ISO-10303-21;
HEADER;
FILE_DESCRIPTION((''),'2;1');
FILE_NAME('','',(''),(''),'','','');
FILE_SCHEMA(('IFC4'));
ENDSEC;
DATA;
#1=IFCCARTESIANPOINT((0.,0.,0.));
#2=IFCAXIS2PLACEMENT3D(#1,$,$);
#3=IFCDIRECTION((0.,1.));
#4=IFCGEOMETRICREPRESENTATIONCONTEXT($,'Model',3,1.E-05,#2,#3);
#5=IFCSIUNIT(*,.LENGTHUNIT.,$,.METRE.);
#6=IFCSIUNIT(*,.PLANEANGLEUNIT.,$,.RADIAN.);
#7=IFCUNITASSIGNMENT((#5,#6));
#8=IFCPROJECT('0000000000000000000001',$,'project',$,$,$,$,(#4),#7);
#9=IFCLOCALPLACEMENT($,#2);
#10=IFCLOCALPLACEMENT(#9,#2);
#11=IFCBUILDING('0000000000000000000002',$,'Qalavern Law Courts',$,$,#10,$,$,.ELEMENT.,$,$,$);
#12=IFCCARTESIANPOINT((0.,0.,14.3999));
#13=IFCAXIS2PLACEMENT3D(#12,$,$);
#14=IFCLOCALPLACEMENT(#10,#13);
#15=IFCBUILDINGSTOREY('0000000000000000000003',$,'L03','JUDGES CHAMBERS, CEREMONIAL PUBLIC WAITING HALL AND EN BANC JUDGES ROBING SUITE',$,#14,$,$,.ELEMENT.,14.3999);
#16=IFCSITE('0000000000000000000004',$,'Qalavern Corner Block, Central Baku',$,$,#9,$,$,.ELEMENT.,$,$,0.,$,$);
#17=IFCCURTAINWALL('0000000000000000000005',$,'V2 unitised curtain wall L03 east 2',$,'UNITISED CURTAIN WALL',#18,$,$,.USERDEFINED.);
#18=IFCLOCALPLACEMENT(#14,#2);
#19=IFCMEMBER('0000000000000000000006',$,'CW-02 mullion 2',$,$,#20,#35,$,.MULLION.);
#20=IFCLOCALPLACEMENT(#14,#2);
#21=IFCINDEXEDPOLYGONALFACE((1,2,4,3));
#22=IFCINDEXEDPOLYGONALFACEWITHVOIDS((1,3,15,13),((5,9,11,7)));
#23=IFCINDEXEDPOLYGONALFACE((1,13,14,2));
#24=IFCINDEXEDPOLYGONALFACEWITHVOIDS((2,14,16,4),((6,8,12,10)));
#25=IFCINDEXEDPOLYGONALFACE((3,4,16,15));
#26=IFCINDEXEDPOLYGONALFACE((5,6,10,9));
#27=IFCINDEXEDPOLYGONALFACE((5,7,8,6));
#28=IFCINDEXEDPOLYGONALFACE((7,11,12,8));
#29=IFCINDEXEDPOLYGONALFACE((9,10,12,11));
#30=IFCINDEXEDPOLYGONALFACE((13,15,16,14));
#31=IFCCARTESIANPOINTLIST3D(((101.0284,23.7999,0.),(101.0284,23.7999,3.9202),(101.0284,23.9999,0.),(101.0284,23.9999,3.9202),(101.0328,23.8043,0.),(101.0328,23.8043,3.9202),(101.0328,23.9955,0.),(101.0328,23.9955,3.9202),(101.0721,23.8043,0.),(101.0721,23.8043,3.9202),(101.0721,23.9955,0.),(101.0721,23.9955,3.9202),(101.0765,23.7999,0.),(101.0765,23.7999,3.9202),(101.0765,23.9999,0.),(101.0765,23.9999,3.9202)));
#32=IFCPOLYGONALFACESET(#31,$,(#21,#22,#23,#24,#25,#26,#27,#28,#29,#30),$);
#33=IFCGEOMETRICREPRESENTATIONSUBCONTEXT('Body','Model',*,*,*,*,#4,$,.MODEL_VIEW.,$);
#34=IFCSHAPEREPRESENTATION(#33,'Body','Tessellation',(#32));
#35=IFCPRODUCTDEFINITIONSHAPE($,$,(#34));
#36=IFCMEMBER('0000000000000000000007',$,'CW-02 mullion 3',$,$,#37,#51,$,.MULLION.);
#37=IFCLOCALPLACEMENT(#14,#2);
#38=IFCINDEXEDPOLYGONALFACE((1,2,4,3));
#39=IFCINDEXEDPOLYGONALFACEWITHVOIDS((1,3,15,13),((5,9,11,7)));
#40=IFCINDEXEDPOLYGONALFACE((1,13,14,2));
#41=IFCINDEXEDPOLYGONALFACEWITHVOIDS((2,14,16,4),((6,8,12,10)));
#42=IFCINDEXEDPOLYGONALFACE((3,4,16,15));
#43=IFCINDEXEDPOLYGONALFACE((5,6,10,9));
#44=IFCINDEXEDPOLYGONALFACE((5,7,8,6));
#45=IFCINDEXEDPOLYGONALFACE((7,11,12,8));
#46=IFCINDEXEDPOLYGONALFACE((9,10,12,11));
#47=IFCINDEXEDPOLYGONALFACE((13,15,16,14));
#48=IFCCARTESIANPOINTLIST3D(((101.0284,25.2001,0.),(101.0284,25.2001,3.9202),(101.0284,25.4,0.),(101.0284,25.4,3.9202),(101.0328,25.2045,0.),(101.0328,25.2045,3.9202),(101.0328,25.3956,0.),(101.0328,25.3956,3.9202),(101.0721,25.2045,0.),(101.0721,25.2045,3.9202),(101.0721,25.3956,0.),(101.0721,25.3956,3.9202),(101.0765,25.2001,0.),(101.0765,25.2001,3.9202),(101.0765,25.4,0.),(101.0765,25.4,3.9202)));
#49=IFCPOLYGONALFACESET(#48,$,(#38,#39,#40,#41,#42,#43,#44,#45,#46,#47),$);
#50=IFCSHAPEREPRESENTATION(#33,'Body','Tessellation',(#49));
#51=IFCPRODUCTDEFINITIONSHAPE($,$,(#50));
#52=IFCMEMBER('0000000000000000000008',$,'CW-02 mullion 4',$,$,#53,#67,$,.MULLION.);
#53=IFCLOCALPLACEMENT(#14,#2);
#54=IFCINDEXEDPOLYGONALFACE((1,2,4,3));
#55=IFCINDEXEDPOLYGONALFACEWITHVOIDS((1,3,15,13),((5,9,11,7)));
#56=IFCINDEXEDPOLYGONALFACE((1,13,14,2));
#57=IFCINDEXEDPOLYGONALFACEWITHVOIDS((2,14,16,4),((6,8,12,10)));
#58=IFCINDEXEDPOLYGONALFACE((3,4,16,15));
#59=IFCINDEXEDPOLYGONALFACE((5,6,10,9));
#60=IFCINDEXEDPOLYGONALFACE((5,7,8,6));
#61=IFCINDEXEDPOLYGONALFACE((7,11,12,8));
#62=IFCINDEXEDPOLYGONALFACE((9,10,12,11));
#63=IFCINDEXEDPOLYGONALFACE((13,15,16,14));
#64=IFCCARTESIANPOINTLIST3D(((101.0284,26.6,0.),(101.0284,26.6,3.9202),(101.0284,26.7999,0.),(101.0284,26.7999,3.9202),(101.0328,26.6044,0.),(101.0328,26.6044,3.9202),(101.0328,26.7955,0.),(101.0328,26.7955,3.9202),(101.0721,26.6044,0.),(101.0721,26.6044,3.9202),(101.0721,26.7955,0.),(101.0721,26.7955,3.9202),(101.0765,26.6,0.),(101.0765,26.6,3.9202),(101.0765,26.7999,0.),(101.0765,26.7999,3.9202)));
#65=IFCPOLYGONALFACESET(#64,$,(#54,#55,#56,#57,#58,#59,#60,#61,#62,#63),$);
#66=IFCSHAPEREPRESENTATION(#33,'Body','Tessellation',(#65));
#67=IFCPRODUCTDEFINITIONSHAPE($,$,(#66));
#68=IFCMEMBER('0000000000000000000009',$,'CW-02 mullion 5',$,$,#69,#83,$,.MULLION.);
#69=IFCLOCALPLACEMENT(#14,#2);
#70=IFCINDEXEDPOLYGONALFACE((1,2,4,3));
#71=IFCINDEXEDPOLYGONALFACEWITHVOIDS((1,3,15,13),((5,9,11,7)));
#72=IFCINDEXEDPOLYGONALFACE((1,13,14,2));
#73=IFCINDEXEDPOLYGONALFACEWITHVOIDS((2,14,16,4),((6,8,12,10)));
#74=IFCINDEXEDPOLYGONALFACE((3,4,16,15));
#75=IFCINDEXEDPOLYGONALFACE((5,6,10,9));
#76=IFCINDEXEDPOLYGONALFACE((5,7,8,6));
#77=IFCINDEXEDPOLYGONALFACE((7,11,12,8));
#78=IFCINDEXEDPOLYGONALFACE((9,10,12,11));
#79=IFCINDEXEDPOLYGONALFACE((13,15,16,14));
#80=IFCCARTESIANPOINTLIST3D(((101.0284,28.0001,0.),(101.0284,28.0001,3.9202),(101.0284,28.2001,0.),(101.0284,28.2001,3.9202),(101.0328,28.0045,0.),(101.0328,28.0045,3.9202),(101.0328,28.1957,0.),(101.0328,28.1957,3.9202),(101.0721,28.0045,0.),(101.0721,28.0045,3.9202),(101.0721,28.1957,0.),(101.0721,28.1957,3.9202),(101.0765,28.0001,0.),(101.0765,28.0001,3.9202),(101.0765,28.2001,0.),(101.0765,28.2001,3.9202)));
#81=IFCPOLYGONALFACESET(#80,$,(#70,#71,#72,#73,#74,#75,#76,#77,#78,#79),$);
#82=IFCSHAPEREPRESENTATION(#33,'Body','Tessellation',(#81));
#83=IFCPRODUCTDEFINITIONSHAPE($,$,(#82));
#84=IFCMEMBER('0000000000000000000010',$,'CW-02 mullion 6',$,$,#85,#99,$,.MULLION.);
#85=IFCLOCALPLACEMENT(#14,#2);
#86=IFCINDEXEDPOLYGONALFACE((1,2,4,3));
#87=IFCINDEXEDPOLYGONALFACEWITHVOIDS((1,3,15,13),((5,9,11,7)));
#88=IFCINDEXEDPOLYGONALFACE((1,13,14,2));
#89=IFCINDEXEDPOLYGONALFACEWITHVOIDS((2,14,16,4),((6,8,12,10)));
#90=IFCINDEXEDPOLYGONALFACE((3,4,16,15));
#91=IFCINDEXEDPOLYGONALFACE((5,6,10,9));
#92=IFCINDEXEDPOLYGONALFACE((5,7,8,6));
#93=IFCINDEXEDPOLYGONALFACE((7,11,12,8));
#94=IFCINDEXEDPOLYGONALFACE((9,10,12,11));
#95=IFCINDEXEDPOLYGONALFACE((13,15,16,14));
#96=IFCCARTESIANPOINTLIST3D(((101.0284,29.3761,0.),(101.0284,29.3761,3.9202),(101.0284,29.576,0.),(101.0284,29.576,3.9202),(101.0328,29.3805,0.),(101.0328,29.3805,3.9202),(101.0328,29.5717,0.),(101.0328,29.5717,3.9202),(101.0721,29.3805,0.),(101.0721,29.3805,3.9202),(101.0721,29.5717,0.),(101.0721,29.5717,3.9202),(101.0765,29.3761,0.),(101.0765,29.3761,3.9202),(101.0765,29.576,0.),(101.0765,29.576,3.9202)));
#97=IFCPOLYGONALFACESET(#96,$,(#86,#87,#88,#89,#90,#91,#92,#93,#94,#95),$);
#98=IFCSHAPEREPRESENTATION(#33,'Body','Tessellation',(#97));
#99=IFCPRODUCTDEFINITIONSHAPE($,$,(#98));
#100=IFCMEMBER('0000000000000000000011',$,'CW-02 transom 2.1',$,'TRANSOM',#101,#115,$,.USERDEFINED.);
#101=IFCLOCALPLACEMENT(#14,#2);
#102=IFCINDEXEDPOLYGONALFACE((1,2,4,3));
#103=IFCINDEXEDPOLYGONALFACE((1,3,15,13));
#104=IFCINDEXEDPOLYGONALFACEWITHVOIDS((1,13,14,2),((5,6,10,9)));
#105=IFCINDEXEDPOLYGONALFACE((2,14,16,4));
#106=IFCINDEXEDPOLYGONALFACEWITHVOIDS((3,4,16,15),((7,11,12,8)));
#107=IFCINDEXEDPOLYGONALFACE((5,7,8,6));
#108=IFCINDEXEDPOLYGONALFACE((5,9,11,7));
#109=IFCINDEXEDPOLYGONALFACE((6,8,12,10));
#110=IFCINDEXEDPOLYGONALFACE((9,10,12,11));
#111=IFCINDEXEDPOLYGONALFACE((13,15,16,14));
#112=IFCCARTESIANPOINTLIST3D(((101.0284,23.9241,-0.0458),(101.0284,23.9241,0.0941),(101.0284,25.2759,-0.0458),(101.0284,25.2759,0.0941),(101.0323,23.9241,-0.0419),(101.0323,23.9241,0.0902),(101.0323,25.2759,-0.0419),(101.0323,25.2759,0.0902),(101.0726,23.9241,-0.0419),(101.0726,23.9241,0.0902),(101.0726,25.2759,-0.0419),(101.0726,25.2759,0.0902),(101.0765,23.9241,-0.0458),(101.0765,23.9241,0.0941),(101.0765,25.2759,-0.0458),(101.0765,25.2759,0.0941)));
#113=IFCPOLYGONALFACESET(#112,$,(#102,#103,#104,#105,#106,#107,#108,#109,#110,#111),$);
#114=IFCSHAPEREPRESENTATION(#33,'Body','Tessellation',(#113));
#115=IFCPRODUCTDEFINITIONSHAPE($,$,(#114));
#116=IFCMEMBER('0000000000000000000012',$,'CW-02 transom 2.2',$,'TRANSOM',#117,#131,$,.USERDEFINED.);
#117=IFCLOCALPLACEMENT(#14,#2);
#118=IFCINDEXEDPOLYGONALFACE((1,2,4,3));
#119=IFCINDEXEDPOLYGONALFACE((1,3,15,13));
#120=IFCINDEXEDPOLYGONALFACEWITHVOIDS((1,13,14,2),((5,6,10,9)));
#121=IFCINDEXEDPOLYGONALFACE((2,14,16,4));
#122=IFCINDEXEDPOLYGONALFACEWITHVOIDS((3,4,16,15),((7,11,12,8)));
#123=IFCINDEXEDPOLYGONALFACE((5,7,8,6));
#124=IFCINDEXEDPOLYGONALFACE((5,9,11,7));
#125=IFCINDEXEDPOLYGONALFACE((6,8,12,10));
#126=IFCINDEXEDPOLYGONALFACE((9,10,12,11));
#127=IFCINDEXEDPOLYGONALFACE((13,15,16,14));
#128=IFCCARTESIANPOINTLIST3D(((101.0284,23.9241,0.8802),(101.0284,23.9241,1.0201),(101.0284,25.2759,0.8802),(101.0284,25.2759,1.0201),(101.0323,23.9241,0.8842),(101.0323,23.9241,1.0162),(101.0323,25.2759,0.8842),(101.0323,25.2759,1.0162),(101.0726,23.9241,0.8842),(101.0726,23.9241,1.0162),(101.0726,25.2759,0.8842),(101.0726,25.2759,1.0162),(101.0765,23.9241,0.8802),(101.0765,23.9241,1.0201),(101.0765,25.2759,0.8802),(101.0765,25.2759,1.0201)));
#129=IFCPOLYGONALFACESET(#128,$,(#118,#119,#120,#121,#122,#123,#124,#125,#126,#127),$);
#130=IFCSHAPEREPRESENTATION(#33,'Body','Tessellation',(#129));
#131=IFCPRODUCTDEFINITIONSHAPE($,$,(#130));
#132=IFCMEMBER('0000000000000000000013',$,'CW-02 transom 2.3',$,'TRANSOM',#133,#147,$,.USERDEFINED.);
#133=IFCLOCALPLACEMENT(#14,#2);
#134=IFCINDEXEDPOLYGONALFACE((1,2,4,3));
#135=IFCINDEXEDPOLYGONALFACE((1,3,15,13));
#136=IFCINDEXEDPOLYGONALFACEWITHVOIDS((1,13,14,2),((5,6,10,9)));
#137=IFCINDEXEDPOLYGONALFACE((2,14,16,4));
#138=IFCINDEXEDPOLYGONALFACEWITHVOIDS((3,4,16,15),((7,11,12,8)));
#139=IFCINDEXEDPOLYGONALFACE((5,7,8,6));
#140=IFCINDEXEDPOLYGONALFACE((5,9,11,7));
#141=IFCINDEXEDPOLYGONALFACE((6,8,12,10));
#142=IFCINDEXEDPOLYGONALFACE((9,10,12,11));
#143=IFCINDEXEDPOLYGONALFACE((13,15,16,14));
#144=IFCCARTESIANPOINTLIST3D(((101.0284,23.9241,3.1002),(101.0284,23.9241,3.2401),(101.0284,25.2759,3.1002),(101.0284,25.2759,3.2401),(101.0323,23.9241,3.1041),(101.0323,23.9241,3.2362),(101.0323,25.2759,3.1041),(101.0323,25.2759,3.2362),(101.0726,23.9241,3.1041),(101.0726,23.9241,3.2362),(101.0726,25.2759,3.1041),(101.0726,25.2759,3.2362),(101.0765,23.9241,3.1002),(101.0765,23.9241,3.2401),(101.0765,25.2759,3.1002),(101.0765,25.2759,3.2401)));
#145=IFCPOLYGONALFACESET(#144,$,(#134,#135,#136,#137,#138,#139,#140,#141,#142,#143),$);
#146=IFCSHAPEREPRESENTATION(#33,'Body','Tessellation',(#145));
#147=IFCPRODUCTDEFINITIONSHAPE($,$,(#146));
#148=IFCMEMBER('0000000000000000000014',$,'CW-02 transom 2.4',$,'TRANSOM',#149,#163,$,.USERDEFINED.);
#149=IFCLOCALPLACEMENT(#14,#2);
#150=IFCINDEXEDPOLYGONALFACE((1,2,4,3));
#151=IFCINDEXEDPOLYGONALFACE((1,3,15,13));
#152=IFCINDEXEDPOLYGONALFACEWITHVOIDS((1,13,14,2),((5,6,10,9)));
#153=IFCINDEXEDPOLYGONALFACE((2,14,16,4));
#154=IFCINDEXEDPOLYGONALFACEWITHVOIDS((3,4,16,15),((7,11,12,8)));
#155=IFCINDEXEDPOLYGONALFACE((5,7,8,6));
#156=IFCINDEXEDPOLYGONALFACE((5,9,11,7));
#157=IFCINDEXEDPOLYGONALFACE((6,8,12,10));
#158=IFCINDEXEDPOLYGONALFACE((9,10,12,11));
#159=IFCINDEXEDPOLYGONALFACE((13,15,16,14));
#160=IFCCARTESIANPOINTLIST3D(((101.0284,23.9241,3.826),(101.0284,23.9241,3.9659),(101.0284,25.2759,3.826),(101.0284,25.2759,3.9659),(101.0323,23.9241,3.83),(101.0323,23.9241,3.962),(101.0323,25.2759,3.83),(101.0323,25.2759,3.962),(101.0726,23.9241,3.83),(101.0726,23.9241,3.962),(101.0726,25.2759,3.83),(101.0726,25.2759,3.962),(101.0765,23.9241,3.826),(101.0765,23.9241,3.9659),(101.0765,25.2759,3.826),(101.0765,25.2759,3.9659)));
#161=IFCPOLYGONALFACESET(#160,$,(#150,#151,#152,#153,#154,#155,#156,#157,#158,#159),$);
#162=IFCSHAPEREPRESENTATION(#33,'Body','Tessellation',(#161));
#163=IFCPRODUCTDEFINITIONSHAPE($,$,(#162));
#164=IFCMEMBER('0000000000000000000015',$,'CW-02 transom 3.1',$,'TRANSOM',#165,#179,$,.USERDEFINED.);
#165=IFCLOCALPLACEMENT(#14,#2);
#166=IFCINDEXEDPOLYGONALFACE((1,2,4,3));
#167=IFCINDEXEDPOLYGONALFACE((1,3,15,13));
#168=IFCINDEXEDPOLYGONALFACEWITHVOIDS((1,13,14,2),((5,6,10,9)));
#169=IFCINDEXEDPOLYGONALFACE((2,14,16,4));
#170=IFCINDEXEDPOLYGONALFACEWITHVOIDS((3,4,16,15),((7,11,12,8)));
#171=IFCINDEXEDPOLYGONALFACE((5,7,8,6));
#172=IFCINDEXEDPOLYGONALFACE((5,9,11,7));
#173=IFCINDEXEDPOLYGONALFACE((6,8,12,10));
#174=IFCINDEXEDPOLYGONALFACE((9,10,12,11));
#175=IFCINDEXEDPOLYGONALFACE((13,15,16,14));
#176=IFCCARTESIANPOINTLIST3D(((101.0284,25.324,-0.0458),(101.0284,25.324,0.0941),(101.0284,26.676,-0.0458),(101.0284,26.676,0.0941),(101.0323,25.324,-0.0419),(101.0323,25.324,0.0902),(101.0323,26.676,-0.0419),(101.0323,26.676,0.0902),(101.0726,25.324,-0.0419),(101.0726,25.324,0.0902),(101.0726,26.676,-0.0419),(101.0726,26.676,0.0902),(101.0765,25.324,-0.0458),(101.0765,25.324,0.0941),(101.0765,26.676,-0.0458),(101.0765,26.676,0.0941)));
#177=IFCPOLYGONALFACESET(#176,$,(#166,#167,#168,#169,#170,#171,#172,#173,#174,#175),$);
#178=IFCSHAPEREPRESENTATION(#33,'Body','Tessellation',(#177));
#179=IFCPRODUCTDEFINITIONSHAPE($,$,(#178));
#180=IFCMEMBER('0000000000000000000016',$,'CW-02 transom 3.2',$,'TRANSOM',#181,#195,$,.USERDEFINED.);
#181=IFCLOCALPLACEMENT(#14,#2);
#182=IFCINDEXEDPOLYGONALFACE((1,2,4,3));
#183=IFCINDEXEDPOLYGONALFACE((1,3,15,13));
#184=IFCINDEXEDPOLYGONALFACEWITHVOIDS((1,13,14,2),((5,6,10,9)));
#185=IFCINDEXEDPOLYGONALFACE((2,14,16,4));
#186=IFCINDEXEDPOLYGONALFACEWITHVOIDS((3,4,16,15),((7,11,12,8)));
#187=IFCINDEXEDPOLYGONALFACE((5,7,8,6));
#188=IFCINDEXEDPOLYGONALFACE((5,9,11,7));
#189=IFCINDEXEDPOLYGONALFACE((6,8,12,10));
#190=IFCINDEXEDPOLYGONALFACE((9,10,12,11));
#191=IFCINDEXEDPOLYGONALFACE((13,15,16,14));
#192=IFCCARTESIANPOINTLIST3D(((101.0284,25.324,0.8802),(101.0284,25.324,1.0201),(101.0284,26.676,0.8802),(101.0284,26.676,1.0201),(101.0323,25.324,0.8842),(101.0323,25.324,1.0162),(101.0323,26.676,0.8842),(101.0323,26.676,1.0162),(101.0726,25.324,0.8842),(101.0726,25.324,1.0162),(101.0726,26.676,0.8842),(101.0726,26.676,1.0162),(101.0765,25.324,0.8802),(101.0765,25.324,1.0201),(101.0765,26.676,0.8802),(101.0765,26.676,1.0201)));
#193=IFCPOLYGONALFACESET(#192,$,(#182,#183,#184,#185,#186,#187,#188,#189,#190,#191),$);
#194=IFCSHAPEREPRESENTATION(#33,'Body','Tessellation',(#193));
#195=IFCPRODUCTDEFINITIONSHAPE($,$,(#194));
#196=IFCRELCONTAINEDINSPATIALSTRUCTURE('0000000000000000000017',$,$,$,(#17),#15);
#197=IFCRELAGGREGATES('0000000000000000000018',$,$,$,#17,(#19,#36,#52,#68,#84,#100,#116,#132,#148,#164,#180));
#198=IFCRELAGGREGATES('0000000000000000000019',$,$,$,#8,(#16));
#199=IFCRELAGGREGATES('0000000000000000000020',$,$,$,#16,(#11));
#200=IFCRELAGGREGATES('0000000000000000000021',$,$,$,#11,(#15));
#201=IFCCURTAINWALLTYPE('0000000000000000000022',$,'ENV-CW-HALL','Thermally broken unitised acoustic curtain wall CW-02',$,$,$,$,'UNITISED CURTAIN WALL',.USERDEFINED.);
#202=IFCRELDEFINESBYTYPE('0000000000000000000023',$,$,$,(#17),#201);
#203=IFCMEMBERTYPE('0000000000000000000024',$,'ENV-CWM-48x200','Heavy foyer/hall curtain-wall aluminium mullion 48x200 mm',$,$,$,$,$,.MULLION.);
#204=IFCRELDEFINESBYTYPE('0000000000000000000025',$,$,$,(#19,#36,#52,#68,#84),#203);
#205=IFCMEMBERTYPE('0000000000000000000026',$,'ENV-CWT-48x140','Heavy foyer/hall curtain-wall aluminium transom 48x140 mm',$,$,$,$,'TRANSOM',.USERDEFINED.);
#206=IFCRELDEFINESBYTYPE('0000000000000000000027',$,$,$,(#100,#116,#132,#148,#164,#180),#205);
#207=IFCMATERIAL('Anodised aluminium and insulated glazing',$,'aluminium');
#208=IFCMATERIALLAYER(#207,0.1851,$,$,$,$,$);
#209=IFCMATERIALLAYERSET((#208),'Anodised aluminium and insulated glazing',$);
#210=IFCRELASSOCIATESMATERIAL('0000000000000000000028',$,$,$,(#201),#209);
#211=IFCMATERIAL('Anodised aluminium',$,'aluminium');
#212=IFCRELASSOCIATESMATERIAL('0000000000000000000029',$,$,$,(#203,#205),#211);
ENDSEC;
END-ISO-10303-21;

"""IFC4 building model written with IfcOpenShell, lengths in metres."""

from ifc_helpers import new_model, si_unit, direction, frame, origin, origin_2d, place, context, subcontext, project, spatial, hollow_rectangle, extrude, material, layer, layer_set, material_profile, profile_set, type_object, element, aggregate, save


model = new_model("IFC4")

# Units and contexts
model_context = context("Model", 3, precision=1e-05, world=origin(), true_north=direction((0.0, 1.0)))
body_context = subcontext(model_context, "Body", "Model", "MODEL_VIEW")
ifc_project = project(units=[si_unit("LENGTHUNIT", "METRE"), si_unit("PLANEANGLEUNIT", "RADIAN")], contexts=[model_context])

# Site, building, storey
site_placement = place(None, origin())
site = spatial("IfcSite", under=ifc_project, at=site_placement, Name="Qalavern Corner Block, Central Baku", CompositionType="ELEMENT", RefElevation=0.0)
building_placement = place(site_placement, origin())
building = spatial("IfcBuilding", under=site, at=building_placement, Name="Qalavern Law Courts", CompositionType="ELEMENT")
storey_placement = place(building_placement, frame((0.0, 0.0, 14.3999)))
storey = spatial("IfcBuildingStorey", under=building, at=storey_placement, Name="L03", Description="JUDGES CHAMBERS, CEREMONIAL PUBLIC WAITING HALL AND EN BANC JUDGES ROBING SUITE", CompositionType="ELEMENT", Elevation=14.3999)

# Curtain wall, members
ifc_material_1 = material(Name="Anodised aluminium and insulated glazing", Category="aluminium")
ifc_layer_1 = layer(ifc_material_1, 0.1851)
ifc_layer_set_1 = layer_set([ifc_layer_1], Name="Anodised aluminium and insulated glazing")
curtain_wall_type = type_object("IfcCurtainWallType", Name="ENV-CW-HALL", Description="Thermally broken unitised acoustic curtain wall CW-02", ElementType="UNITISED CURTAIN WALL", PredefinedType="USERDEFINED", material=ifc_layer_set_1)
curtain_wall_placement = place(storey_placement, origin())
curtain_wall = element("IfcCurtainWall", 1, at=curtain_wall_placement, inside=storey, type_object=curtain_wall_type, Name="V2 unitised curtain wall L03 east 2", ObjectType="UNITISED CURTAIN WALL", PredefinedType="USERDEFINED")
ifc_material_2 = material(Name="Anodised aluminium", Category="aluminium")
ifc_material_profile_1 = material_profile(ifc_material_2, hollow_rectangle(XDim=0.0481, YDim=0.2, WallThickness=0.0044, at=origin_2d()), Name="ALU MULLION 48x200")
ifc_profile_set_1 = profile_set([ifc_material_profile_1], Name="Anodised aluminium")
member_type_1 = type_object("IfcMemberType", Name="ENV-CWM-48x200", Description="Heavy foyer/hall curtain-wall aluminium mullion 48x200 mm", PredefinedType="MULLION", material=ifc_profile_set_1)
member_1_placement = place(storey_placement, frame((101.0525, 23.8999, 0.0), z_axis=(0.0, 0.0, 1.0), x_axis=(-1.0, 0.0, 0.0)))
member_1 = element("IfcMember", 2, at=member_1_placement, type_object=member_type_1, Name="CW-02 mullion 2", PredefinedType="MULLION", context=body_context, shape_type="SweptSolid", body=[
    extrude(hollow_rectangle(XDim=0.0481, YDim=0.2, WallThickness=0.0044, at=origin_2d()), origin(), (0.0, 0.0, 1.0), 3.9202),
])
member_2_placement = place(storey_placement, frame((101.0525, 25.3, 0.0), z_axis=(0.0, 0.0, 1.0), x_axis=(-1.0, 0.0, 0.0)))
member_2 = element("IfcMember", 3, at=member_2_placement, type_object=member_type_1, Name="CW-02 mullion 3", PredefinedType="MULLION", context=body_context, shape_type="SweptSolid", body=[
    extrude(hollow_rectangle(XDim=0.0481, YDim=0.2, WallThickness=0.0044, at=origin_2d()), origin(), (0.0, 0.0, 1.0), 3.9202),
])
member_3_placement = place(storey_placement, frame((101.0525, 26.7, 0.0), z_axis=(0.0, 0.0, 1.0), x_axis=(-1.0, 0.0, 0.0)))
member_3 = element("IfcMember", 4, at=member_3_placement, type_object=member_type_1, Name="CW-02 mullion 4", PredefinedType="MULLION", context=body_context, shape_type="SweptSolid", body=[
    extrude(hollow_rectangle(XDim=0.0481, YDim=0.2, WallThickness=0.0044, at=origin_2d()), origin(), (0.0, 0.0, 1.0), 3.9202),
])
member_4_placement = place(storey_placement, frame((101.0525, 28.1001, 0.0), z_axis=(0.0, 0.0, 1.0), x_axis=(-1.0, 0.0, 0.0)))
member_4 = element("IfcMember", 5, at=member_4_placement, type_object=member_type_1, Name="CW-02 mullion 5", PredefinedType="MULLION", context=body_context, shape_type="SweptSolid", body=[
    extrude(hollow_rectangle(XDim=0.0481, YDim=0.2, WallThickness=0.0044, at=origin_2d()), origin(), (0.0, 0.0, 1.0), 3.9202),
])
member_5_placement = place(storey_placement, frame((101.0525, 29.4761, 0.0), z_axis=(0.0, 0.0, 1.0), x_axis=(-1.0, 0.0, 0.0)))
member_5 = element("IfcMember", 6, at=member_5_placement, type_object=member_type_1, Name="CW-02 mullion 6", PredefinedType="MULLION", context=body_context, shape_type="SweptSolid", body=[
    extrude(hollow_rectangle(XDim=0.0481, YDim=0.2, WallThickness=0.0044, at=origin_2d()), origin(), (0.0, 0.0, 1.0), 3.9202),
])
ifc_material_profile_2 = material_profile(ifc_material_2, hollow_rectangle(XDim=0.0481, YDim=0.1399, WallThickness=0.0039, at=origin_2d()), Name="ALU TRANSOM 48x140")
ifc_profile_set_2 = profile_set([ifc_material_profile_2], Name="Anodised aluminium")
member_type_2 = type_object("IfcMemberType", Name="ENV-CWT-48x140", Description="Heavy foyer/hall curtain-wall aluminium transom 48x140 mm", ElementType="TRANSOM", PredefinedType="USERDEFINED", material=ifc_profile_set_2)
member_6_placement = place(storey_placement, frame((101.0525, 23.9241, 0.0242), z_axis=(0.0, 1.0, 0.0), x_axis=(-1.0, 0.0, 0.0)))
member_6 = element("IfcMember", 7, at=member_6_placement, type_object=member_type_2, Name="CW-02 transom 2.1", ObjectType="TRANSOM", PredefinedType="USERDEFINED", context=body_context, shape_type="SweptSolid", body=[
    extrude(hollow_rectangle(XDim=0.0481, YDim=0.1399, WallThickness=0.0039, at=origin_2d()), origin(), (0.0, 0.0, 1.0), 1.3518),
])
member_7_placement = place(storey_placement, frame((101.0525, 23.9241, 0.9502), z_axis=(0.0, 1.0, 0.0), x_axis=(-1.0, 0.0, 0.0)))
member_7 = element("IfcMember", 8, at=member_7_placement, type_object=member_type_2, Name="CW-02 transom 2.2", ObjectType="TRANSOM", PredefinedType="USERDEFINED", context=body_context, shape_type="SweptSolid", body=[
    extrude(hollow_rectangle(XDim=0.0481, YDim=0.1399, WallThickness=0.0039, at=origin_2d()), origin(), (0.0, 0.0, 1.0), 1.3518),
])
member_8_placement = place(storey_placement, frame((101.0525, 23.9241, 3.1702), z_axis=(0.0, 1.0, 0.0), x_axis=(-1.0, 0.0, 0.0)))
member_8 = element("IfcMember", 9, at=member_8_placement, type_object=member_type_2, Name="CW-02 transom 2.3", ObjectType="TRANSOM", PredefinedType="USERDEFINED", context=body_context, shape_type="SweptSolid", body=[
    extrude(hollow_rectangle(XDim=0.0481, YDim=0.1399, WallThickness=0.0039, at=origin_2d()), origin(), (0.0, 0.0, 1.0), 1.3518),
])
member_9_placement = place(storey_placement, frame((101.0525, 23.9241, 3.896), z_axis=(0.0, 1.0, 0.0), x_axis=(-1.0, 0.0, 0.0)))
member_9 = element("IfcMember", 10, at=member_9_placement, type_object=member_type_2, Name="CW-02 transom 2.4", ObjectType="TRANSOM", PredefinedType="USERDEFINED", context=body_context, shape_type="SweptSolid", body=[
    extrude(hollow_rectangle(XDim=0.0481, YDim=0.1399, WallThickness=0.0039, at=origin_2d()), origin(), (0.0, 0.0, 1.0), 1.3518),
])
member_10_placement = place(storey_placement, frame((101.0525, 25.324, 0.0242), z_axis=(0.0, 1.0, 0.0), x_axis=(-1.0, 0.0, 0.0)))
member_10 = element("IfcMember", 11, at=member_10_placement, type_object=member_type_2, Name="CW-02 transom 3.1", ObjectType="TRANSOM", PredefinedType="USERDEFINED", context=body_context, shape_type="SweptSolid", body=[
    extrude(hollow_rectangle(XDim=0.0481, YDim=0.1399, WallThickness=0.0039, at=origin_2d()), origin(), (0.0, 0.0, 1.0), 1.3521),
])
member_11_placement = place(storey_placement, frame((101.0525, 25.324, 0.9502), z_axis=(0.0, 1.0, 0.0), x_axis=(-1.0, 0.0, 0.0)))
member_11 = element("IfcMember", 12, at=member_11_placement, type_object=member_type_2, Name="CW-02 transom 3.2", ObjectType="TRANSOM", PredefinedType="USERDEFINED", context=body_context, shape_type="SweptSolid", body=[
    extrude(hollow_rectangle(XDim=0.0481, YDim=0.1399, WallThickness=0.0039, at=origin_2d()), origin(), (0.0, 0.0, 1.0), 1.3521),
])
aggregate(curtain_wall, [member_1, member_2, member_3, member_4, member_5, member_6, member_7, member_8, member_9, member_10, member_11])

save(model, "model.ifc")
